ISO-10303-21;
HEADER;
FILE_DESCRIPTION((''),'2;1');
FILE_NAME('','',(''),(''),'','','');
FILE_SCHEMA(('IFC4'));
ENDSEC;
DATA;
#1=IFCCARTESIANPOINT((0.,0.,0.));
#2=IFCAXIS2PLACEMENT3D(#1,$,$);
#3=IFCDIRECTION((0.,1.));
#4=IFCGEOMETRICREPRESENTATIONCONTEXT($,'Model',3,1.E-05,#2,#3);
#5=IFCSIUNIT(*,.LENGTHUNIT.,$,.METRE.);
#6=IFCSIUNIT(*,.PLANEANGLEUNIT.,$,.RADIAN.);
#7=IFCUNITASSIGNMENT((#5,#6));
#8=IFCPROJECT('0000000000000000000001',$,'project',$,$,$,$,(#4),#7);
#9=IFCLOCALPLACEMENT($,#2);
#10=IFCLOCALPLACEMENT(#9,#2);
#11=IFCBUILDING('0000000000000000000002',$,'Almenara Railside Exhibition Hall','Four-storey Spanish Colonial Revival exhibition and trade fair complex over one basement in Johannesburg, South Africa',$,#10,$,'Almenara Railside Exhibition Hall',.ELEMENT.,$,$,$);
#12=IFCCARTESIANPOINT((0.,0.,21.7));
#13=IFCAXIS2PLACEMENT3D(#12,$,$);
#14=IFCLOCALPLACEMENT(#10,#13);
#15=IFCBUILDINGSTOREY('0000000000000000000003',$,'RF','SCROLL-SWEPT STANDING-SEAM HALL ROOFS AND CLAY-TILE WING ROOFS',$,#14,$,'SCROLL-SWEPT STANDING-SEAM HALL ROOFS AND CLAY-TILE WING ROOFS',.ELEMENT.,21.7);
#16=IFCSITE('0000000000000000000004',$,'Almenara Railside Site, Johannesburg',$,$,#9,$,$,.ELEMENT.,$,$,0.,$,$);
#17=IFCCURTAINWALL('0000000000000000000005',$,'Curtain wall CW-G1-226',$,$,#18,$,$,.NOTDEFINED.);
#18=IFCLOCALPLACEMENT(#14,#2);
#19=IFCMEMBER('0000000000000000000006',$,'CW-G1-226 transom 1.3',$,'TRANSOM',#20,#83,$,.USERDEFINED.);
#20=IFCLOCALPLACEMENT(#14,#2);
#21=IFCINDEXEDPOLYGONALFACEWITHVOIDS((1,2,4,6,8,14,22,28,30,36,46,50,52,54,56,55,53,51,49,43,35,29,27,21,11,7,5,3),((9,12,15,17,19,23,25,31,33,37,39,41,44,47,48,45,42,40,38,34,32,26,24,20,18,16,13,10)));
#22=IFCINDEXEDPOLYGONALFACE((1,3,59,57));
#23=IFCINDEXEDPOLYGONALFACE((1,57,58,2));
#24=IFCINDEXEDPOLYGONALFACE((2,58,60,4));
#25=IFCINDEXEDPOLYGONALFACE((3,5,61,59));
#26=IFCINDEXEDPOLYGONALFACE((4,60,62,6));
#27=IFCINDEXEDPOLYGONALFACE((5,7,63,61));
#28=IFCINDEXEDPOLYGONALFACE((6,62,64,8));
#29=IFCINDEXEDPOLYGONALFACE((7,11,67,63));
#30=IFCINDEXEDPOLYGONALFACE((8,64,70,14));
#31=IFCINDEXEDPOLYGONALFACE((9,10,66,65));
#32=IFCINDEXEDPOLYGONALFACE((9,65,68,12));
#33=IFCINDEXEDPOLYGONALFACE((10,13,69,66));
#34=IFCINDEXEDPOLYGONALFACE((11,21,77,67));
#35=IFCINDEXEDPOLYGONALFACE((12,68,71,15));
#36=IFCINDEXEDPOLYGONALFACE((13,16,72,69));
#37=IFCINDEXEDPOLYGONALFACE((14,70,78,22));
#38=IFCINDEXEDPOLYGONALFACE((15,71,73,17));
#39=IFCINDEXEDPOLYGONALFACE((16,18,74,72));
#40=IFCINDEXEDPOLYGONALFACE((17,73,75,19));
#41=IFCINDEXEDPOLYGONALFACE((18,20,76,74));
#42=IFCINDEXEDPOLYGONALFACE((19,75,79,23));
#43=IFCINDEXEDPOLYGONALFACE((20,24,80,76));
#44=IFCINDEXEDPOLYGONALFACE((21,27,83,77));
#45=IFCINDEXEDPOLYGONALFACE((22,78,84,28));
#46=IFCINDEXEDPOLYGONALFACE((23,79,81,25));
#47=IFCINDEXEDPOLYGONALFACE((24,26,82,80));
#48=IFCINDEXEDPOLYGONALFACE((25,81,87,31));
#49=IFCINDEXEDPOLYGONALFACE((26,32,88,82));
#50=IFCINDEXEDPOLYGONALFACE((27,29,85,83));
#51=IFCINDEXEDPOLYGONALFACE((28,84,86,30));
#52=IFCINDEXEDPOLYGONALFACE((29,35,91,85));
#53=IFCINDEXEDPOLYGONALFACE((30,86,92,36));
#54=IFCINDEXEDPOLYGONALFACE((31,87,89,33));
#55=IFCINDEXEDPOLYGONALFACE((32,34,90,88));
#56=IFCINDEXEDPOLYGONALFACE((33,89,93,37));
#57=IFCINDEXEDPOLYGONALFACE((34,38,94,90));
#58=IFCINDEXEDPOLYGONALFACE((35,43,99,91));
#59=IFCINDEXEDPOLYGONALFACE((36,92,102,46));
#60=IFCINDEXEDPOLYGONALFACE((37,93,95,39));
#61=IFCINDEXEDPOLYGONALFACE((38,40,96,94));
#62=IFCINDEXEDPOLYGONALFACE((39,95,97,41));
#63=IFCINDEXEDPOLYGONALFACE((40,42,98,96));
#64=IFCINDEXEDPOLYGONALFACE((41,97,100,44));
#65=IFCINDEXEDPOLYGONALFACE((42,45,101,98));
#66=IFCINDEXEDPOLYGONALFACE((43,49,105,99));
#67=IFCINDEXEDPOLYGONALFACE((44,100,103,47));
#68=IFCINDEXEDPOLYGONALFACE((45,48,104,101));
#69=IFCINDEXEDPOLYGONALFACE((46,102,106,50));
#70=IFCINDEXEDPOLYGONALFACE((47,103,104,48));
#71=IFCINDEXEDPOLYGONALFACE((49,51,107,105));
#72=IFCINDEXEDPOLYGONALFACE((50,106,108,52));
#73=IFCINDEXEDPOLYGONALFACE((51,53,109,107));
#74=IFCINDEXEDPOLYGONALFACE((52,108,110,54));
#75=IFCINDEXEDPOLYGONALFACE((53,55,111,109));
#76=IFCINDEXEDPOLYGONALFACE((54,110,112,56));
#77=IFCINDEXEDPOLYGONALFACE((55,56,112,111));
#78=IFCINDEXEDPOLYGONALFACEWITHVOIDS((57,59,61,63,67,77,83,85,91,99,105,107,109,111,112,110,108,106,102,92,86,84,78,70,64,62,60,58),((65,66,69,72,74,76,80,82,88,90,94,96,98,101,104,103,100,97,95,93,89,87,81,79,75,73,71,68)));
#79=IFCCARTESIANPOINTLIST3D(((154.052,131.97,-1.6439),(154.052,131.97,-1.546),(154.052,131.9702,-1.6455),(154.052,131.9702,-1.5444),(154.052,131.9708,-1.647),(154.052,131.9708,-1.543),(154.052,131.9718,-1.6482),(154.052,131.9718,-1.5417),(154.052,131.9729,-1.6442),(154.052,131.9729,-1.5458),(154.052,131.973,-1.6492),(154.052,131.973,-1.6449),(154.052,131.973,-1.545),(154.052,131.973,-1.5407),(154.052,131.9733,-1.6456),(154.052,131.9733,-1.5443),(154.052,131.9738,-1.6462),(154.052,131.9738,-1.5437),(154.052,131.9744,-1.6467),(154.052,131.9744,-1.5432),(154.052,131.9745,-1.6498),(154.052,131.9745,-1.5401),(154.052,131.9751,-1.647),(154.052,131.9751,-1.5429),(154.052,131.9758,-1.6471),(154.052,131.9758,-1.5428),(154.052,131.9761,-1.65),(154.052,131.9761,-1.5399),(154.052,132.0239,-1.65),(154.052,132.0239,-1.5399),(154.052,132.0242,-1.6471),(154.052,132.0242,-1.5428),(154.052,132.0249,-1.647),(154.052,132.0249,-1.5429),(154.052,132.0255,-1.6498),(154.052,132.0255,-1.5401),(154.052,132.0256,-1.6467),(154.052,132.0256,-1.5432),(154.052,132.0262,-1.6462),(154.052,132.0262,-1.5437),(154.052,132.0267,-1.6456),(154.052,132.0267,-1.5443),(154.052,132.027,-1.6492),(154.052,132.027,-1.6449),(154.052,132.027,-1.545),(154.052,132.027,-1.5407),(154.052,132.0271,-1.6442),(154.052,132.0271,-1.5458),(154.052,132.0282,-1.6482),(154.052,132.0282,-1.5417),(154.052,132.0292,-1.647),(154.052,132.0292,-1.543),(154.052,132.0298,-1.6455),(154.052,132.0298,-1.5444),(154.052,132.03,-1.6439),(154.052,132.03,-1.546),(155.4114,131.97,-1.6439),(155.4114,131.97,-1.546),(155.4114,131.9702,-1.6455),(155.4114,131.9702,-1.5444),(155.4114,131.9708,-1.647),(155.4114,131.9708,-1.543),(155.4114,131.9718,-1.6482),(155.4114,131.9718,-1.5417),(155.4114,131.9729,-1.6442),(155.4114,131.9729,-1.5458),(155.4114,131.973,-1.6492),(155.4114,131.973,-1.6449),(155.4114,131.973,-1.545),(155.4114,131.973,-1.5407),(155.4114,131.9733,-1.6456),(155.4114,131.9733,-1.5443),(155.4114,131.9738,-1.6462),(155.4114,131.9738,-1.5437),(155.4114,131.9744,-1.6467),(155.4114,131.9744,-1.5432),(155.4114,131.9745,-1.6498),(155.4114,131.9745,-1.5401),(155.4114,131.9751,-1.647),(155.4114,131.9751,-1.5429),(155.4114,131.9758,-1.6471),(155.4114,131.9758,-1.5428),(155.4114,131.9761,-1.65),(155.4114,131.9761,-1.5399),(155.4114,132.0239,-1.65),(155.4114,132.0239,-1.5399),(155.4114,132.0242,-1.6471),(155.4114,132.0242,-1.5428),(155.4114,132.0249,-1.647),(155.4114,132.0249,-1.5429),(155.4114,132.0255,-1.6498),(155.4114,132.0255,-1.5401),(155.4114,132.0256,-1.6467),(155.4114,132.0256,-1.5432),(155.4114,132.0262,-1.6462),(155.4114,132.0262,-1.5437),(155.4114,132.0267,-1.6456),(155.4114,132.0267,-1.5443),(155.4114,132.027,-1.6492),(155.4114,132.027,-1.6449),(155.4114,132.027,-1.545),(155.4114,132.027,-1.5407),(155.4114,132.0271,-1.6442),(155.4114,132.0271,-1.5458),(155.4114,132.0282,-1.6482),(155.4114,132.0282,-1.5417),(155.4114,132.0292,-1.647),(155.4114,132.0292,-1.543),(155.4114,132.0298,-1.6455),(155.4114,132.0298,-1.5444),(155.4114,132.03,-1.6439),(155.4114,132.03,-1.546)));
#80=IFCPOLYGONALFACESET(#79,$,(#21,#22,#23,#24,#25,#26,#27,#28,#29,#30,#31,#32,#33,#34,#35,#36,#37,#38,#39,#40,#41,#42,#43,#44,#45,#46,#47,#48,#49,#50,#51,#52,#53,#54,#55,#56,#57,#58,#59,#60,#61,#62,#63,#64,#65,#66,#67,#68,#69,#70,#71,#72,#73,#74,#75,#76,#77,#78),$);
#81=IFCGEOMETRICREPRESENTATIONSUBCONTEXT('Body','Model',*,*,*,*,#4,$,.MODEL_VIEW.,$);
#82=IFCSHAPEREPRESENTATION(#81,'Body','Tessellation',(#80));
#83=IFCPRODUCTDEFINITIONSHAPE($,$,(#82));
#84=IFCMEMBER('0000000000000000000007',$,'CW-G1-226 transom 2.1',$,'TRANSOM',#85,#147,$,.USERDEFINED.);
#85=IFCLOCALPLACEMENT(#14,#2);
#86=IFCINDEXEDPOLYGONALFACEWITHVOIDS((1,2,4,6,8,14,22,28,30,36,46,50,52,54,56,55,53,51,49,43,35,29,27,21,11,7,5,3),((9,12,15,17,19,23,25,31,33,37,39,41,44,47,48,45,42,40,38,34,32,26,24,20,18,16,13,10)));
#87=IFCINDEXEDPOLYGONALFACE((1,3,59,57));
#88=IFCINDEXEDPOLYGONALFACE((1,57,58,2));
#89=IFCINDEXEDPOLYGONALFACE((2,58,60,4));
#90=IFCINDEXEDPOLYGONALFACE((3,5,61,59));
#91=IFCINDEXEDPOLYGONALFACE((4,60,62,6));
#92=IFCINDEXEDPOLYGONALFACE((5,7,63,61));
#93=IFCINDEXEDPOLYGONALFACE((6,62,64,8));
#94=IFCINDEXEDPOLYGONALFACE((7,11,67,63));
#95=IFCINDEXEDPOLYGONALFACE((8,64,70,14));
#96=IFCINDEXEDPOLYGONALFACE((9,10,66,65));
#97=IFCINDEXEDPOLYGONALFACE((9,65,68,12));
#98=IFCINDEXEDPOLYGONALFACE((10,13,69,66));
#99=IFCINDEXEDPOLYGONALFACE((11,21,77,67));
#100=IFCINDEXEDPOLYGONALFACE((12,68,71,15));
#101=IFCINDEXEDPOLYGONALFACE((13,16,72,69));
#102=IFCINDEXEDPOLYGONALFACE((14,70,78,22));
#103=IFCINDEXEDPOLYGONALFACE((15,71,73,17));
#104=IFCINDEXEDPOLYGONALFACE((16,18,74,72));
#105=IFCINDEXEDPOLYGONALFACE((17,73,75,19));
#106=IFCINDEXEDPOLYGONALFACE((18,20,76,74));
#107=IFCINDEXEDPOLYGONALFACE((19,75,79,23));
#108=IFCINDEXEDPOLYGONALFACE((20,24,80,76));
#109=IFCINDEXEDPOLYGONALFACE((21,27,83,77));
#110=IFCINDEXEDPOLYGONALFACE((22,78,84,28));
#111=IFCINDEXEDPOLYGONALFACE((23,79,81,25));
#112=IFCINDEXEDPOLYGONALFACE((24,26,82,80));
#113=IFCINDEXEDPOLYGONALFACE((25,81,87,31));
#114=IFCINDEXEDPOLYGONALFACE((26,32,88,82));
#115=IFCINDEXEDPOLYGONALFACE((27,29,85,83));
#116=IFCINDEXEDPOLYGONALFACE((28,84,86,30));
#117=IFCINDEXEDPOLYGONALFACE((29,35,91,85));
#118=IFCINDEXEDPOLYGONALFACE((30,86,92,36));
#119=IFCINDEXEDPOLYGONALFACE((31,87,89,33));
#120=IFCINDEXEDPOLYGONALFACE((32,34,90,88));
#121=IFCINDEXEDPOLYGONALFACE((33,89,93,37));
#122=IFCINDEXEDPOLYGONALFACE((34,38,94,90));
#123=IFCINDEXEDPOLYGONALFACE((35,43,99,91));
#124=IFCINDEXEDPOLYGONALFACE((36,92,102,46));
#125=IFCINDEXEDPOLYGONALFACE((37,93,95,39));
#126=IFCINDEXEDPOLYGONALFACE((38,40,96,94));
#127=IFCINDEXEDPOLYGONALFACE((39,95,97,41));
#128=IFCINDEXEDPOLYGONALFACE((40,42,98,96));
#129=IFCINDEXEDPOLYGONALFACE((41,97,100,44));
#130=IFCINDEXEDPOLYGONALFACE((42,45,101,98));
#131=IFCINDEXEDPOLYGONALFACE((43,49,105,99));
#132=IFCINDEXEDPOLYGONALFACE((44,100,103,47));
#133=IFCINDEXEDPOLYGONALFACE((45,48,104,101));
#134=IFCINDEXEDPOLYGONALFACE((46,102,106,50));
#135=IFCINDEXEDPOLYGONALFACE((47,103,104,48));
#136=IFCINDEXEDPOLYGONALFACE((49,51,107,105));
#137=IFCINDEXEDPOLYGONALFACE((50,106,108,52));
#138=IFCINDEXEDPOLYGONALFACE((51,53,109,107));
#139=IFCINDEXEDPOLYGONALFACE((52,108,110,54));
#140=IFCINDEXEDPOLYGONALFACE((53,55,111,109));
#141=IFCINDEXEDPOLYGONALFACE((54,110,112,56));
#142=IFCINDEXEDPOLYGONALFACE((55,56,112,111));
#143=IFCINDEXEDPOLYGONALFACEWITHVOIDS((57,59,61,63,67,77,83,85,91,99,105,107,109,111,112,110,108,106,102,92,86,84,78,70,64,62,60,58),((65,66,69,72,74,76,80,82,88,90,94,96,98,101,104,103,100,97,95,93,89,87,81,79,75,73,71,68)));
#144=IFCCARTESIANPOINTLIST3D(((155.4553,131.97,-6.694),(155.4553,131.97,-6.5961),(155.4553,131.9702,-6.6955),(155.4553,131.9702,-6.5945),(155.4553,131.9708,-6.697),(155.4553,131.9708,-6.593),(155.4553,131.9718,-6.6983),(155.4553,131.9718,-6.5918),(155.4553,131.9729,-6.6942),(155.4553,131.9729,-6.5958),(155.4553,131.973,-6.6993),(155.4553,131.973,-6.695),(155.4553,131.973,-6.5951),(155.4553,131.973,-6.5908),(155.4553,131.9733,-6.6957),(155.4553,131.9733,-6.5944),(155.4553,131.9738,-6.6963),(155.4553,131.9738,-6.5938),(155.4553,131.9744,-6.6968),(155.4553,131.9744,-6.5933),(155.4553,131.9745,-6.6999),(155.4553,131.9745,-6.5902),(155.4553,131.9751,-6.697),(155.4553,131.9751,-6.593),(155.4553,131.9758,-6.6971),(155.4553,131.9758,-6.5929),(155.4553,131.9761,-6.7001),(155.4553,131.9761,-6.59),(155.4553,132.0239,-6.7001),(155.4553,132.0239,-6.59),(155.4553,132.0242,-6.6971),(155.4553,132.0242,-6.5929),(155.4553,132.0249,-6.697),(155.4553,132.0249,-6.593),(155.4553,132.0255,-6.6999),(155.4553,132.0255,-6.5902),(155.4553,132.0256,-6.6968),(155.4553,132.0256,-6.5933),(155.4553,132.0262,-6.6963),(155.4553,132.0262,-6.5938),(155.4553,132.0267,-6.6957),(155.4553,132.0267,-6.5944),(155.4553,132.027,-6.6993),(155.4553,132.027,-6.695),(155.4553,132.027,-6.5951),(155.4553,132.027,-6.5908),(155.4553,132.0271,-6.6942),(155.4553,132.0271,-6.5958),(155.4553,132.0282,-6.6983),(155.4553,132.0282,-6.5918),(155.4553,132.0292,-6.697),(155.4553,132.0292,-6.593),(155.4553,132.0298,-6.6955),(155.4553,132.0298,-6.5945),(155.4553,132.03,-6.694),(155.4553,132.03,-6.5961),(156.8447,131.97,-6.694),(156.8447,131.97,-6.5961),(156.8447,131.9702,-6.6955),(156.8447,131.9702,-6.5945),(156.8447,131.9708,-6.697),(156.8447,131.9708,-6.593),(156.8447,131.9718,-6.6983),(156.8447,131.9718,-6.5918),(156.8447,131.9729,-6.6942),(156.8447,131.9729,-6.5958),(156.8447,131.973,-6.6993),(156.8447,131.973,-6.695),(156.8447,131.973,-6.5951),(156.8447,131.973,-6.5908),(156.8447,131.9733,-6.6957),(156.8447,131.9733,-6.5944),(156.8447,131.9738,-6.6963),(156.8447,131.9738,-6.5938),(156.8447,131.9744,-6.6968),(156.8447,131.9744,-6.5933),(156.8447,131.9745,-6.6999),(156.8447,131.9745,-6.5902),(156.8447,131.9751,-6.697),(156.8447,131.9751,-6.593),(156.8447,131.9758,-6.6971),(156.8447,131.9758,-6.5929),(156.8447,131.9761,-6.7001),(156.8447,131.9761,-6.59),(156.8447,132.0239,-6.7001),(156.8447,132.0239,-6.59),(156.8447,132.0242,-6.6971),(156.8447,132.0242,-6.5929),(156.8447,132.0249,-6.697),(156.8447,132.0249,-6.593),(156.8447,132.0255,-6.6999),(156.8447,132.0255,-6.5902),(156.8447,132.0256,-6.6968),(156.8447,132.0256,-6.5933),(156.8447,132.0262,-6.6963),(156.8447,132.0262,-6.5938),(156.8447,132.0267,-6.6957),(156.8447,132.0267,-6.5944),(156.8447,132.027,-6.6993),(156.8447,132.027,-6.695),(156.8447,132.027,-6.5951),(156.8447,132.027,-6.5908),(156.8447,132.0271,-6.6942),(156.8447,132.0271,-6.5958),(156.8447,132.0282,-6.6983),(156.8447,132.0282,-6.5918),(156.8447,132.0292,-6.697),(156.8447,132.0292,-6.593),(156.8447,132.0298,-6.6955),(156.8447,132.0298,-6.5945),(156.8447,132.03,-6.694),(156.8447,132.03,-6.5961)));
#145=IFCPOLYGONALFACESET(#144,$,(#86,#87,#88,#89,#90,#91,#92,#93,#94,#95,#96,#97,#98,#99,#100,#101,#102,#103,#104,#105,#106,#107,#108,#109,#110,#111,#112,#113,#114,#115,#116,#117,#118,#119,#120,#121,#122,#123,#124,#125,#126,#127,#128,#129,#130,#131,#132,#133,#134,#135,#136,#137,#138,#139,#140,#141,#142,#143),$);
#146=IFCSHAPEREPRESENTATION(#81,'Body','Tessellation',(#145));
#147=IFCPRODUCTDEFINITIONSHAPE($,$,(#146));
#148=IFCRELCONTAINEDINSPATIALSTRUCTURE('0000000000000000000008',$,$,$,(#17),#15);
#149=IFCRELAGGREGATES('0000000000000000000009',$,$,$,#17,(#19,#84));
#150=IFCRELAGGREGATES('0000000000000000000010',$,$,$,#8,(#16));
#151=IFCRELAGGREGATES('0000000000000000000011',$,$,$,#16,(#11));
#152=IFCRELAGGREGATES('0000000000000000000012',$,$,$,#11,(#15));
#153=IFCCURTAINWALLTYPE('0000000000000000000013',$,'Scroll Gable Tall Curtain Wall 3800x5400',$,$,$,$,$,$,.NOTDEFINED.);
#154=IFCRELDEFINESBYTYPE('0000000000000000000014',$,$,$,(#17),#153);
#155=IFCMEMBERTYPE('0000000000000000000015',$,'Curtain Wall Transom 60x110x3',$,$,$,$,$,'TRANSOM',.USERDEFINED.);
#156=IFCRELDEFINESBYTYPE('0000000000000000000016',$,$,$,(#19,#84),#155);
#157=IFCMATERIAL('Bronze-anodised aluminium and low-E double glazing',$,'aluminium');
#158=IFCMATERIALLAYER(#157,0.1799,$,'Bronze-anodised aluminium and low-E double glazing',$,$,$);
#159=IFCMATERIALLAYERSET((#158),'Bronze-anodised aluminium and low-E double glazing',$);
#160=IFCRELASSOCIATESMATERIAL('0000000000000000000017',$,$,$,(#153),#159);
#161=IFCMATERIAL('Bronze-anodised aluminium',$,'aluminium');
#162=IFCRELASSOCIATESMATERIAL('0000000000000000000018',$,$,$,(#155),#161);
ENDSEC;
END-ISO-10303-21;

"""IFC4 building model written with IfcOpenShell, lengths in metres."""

from ifc_helpers import new_model, si_unit, direction, frame, origin, origin_2d, place, context, subcontext, project, spatial, hollow_rectangle, extrude, material, layer, layer_set, material_profile, profile_set, type_object, element, aggregate, save


model = new_model("IFC4")

# Units and contexts
model_context = context("Model", 3, precision=1e-05, world=origin(), true_north=direction((0.0, 1.0)))
body_context = subcontext(model_context, "Body", "Model", "MODEL_VIEW")
ifc_project = project(units=[si_unit("LENGTHUNIT", "METRE"), si_unit("PLANEANGLEUNIT", "RADIAN")], contexts=[model_context])

# Site, building, storey
site_placement = place(None, origin())
site = spatial("IfcSite", under=ifc_project, at=site_placement, Name="Almenara Railside Site, Johannesburg", CompositionType="ELEMENT", RefElevation=0.0)
building_placement = place(site_placement, origin())
building = spatial("IfcBuilding", under=site, at=building_placement, Name="Almenara Railside Exhibition Hall", Description="Four-storey Spanish Colonial Revival exhibition and trade fair complex over one basement in Johannesburg, South Africa", LongName="Almenara Railside Exhibition Hall", CompositionType="ELEMENT")
storey_placement = place(building_placement, frame((0.0, 0.0, 21.7)))
storey = spatial("IfcBuildingStorey", under=building, at=storey_placement, Name="RF", Description="SCROLL-SWEPT STANDING-SEAM HALL ROOFS AND CLAY-TILE WING ROOFS", LongName="SCROLL-SWEPT STANDING-SEAM HALL ROOFS AND CLAY-TILE WING ROOFS", CompositionType="ELEMENT", Elevation=21.7)

# Curtain wall
ifc_material_1 = material(Name="Bronze-anodised aluminium and low-E double glazing", Category="aluminium")
ifc_layer_1 = layer(ifc_material_1, 0.1799, Name="Bronze-anodised aluminium and low-E double glazing")
ifc_layer_set_1 = layer_set([ifc_layer_1], Name="Bronze-anodised aluminium and low-E double glazing")
curtain_wall_type = type_object("IfcCurtainWallType", Name="Scroll Gable Tall Curtain Wall 3800x5400", PredefinedType="NOTDEFINED", material=ifc_layer_set_1)
ifc_material_2 = material(Name="Bronze-anodised aluminium", Category="aluminium")
curtain_wall_1_placement = place(storey_placement, origin())
curtain_wall_1 = element("IfcCurtainWall", 1, at=curtain_wall_1_placement, inside=storey, type_object=curtain_wall_type, Name="Curtain wall CW-G1-226", PredefinedType="NOTDEFINED")

# Members
ifc_material_profile_1 = material_profile(ifc_material_2, hollow_rectangle(XDim=0.0601, YDim=0.1101, WallThickness=0.0029, InnerFilletRadius=0.0029, OuterFilletRadius=0.0061, at=origin_2d()), Name="ALU-TRN 60x110x3")
ifc_profile_set_1 = profile_set([ifc_material_profile_1], Name="Bronze-anodised aluminium")
member_type_1 = type_object("IfcMemberType", Name="Curtain Wall Transom 60x110x3", ElementType="TRANSOM", PredefinedType="USERDEFINED", material=ifc_profile_set_1)
member_1_placement = place(storey_placement, frame((154.052, 132.0, -1.595), z_axis=(1.0, 0.0, 0.0), x_axis=(0.0, 1.0, 0.0)))
member_1 = element("IfcMember", 2, at=member_1_placement, type_object=member_type_1, Name="CW-G1-226 transom 1.3", ObjectType="TRANSOM", PredefinedType="USERDEFINED", context=body_context, shape_type="SweptSolid", body=[
    extrude(hollow_rectangle(XDim=0.0601, YDim=0.1101, WallThickness=0.0029, InnerFilletRadius=0.0029, OuterFilletRadius=0.0061, at=origin_2d()), origin(), (0.0, 0.0, 1.0), 1.3594),
])
member_2_placement = place(storey_placement, frame((155.4553, 132.0, -6.645), z_axis=(1.0, 0.0, 0.0), x_axis=(0.0, 1.0, 0.0)))
member_2 = element("IfcMember", 3, at=member_2_placement, type_object=member_type_1, Name="CW-G1-226 transom 2.1", ObjectType="TRANSOM", PredefinedType="USERDEFINED", context=body_context, shape_type="SweptSolid", body=[
    extrude(hollow_rectangle(XDim=0.0601, YDim=0.1101, WallThickness=0.0029, InnerFilletRadius=0.0029, OuterFilletRadius=0.0061, at=origin_2d()), origin(), (0.0, 0.0, 1.0), 1.3894),
])

aggregate(curtain_wall_1, [member_1, member_2])

save(model, "model.ifc")
